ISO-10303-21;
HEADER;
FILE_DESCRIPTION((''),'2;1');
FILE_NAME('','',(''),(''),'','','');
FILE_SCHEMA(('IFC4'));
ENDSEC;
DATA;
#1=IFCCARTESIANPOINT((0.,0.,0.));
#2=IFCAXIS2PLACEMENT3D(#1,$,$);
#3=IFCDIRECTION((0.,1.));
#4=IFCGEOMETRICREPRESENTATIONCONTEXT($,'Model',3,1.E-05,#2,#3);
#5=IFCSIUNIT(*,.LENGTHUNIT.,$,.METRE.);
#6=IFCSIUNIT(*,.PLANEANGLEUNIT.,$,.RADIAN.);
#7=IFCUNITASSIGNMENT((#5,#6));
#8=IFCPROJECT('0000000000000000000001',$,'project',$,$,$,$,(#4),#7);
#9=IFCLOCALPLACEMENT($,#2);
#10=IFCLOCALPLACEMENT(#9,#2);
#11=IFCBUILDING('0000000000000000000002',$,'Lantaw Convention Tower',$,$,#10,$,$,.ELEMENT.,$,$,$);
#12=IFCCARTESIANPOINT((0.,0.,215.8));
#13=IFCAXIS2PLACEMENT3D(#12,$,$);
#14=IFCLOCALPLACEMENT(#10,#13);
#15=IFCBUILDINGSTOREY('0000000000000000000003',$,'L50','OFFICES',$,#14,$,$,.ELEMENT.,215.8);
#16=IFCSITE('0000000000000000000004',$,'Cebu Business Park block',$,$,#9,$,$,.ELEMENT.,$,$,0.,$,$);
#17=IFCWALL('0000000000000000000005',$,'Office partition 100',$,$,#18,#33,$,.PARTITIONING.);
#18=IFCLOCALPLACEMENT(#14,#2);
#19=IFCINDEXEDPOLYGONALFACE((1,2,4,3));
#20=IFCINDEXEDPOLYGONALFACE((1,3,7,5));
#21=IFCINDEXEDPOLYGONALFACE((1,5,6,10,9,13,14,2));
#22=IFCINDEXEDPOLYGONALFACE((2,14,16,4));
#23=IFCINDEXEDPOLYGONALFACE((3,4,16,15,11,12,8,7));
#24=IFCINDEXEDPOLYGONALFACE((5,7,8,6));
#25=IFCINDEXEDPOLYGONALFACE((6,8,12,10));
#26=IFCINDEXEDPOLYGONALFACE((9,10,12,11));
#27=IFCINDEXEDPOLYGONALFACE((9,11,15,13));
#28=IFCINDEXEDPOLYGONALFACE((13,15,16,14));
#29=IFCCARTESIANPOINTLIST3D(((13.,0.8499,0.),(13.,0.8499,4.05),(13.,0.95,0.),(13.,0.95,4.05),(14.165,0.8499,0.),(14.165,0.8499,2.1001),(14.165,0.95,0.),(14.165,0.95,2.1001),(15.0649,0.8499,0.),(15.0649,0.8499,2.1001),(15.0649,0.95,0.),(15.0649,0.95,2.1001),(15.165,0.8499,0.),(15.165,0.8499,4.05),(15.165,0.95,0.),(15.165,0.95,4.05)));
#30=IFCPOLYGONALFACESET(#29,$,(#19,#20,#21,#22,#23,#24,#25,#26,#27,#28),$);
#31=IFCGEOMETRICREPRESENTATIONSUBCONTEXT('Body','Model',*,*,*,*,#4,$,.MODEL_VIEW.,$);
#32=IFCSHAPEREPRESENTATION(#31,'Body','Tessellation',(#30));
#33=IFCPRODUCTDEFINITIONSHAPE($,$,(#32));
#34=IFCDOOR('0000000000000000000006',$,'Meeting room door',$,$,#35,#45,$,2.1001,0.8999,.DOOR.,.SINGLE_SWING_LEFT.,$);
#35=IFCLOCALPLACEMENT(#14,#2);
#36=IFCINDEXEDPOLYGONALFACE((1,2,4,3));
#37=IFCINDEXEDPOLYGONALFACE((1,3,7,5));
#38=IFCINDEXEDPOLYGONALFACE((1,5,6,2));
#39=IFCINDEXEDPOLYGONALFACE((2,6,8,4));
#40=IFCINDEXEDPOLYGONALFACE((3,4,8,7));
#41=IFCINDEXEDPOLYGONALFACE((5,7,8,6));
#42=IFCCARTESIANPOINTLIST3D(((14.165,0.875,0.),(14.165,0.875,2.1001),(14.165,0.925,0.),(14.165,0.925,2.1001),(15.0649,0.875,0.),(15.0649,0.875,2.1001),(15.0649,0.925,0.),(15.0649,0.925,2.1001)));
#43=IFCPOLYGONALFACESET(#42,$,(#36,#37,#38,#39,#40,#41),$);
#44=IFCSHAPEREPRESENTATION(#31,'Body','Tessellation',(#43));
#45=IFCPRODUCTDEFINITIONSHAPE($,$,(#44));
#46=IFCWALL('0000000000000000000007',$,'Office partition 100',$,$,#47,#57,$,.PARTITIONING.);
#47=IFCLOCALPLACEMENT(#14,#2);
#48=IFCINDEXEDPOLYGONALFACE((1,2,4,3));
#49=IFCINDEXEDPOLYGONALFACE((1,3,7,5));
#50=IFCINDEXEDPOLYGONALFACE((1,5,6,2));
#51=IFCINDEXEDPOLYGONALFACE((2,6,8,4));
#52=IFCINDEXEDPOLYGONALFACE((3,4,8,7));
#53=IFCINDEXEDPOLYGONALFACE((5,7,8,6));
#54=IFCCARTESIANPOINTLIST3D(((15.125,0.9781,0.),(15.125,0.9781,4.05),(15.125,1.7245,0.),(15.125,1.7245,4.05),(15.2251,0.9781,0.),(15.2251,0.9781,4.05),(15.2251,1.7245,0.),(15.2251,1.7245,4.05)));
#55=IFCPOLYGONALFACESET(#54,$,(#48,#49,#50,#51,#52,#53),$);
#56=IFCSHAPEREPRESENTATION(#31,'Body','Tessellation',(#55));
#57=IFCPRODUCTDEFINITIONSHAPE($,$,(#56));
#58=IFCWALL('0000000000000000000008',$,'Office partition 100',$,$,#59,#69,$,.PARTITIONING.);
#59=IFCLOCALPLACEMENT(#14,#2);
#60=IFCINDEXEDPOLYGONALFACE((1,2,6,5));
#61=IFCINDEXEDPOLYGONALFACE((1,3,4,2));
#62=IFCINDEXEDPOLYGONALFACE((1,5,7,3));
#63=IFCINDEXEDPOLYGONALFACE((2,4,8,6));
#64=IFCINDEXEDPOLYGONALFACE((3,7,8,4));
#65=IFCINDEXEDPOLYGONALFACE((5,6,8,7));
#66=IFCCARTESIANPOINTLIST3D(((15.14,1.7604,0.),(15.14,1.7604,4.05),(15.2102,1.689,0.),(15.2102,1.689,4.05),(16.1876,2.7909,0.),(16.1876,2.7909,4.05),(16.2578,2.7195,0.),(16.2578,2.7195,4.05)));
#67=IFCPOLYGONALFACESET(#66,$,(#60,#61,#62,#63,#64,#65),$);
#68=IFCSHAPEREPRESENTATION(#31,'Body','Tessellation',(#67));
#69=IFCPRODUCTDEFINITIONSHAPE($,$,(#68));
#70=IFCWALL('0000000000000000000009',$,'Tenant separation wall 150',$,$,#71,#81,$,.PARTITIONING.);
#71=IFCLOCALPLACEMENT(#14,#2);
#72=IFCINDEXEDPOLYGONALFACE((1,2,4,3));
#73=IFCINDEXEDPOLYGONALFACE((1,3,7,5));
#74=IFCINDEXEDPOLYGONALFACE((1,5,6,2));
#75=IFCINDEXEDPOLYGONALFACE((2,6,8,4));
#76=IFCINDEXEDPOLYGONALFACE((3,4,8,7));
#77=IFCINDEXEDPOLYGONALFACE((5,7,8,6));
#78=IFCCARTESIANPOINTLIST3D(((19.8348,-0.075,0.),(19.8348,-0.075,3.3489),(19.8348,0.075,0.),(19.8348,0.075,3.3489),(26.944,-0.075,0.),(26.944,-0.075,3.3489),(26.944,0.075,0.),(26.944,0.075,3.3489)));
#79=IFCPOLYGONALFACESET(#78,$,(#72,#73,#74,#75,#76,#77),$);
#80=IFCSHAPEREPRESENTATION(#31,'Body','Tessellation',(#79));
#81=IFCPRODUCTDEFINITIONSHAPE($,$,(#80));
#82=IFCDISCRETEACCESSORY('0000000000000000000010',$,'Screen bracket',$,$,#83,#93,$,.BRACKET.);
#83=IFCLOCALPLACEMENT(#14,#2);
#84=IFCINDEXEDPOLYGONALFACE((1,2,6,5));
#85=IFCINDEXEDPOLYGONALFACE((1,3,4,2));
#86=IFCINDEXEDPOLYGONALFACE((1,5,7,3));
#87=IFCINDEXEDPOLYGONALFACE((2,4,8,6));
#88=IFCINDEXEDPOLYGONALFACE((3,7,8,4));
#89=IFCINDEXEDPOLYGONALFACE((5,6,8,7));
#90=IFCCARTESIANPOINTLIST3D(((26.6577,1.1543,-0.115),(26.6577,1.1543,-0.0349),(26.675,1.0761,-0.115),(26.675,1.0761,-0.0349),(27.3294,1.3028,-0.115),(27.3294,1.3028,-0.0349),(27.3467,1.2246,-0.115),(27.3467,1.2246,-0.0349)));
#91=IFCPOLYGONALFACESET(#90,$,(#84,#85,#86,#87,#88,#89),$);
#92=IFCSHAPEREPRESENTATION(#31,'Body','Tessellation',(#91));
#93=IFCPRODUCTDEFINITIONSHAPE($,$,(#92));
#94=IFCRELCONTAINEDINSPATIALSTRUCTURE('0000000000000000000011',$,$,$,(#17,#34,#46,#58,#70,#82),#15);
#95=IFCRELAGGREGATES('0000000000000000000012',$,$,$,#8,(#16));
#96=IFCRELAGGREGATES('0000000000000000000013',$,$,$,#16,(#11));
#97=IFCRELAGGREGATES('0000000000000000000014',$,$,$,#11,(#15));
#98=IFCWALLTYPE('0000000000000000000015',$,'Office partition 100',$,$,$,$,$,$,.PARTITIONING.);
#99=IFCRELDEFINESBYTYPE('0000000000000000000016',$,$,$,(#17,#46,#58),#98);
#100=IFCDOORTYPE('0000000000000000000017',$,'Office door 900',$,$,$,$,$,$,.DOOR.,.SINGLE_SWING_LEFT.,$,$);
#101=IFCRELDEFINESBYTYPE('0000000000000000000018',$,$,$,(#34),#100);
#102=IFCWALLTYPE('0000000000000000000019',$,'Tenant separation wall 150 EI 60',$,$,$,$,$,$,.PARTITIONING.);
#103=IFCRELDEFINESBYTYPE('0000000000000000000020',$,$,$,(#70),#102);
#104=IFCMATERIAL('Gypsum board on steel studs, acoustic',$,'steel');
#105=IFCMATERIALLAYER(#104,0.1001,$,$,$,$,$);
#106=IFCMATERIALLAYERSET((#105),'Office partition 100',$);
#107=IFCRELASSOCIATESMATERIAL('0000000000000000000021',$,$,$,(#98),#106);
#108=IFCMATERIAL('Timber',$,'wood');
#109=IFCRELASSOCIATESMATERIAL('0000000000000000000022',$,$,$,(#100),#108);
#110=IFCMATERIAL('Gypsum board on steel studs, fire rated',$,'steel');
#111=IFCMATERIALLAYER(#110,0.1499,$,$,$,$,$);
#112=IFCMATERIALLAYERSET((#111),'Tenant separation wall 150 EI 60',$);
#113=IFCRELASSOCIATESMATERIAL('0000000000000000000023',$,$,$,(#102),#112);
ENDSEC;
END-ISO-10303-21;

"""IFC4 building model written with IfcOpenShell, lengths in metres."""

from ifc_helpers import new_model, si_unit, direction, frame, frame_2d, origin, origin_2d, place, context, subcontext, project, spatial, rectangle, extrude, material, layer, layer_set, type_object, element, fill, save


model = new_model("IFC4")

# Units and contexts
model_context = context("Model", 3, precision=1e-05, world=origin(), true_north=direction((0.0, 1.0)))
body_context = subcontext(model_context, "Body", "Model", "MODEL_VIEW")
ifc_project = project(units=[si_unit("LENGTHUNIT", "METRE"), si_unit("PLANEANGLEUNIT", "RADIAN")], contexts=[model_context])

# Site, building, storey
site_placement = place(None, origin())
site = spatial("IfcSite", under=ifc_project, at=site_placement, Name="Cebu Business Park block", CompositionType="ELEMENT", RefElevation=0.0)
building_placement = place(site_placement, origin())
building = spatial("IfcBuilding", under=site, at=building_placement, Name="Lantaw Convention Tower", CompositionType="ELEMENT")
storey_placement = place(building_placement, frame((0.0, 0.0, 215.8)))
storey = spatial("IfcBuildingStorey", under=building, at=storey_placement, Name="L50", Description="OFFICES", CompositionType="ELEMENT", Elevation=215.8)

# Shared definitions
ifc_material_1 = material(Name="Gypsum board on steel studs, fire rated", Category="steel")
ifc_material_2 = material(Name="Gypsum board on steel studs, acoustic", Category="steel")
ifc_layer_1 = layer(ifc_material_2, 0.1001)
ifc_layer_set_1 = layer_set([ifc_layer_1], Name="Office partition 100")
wall_type_1 = type_object("IfcWallType", Name="Office partition 100", PredefinedType="PARTITIONING", material=ifc_layer_set_1)

# Wall, opening, door
wall_1_placement = place(storey_placement, frame((15.165, 0.8999, 0.0), z_axis=(0.0, 0.0, 1.0), x_axis=(-1.0, 0.0, 0.0)))
wall_1 = element("IfcWall", 1, at=wall_1_placement, inside=storey, type_object=wall_type_1, Name="Office partition 100", PredefinedType="PARTITIONING", context=body_context, shape_type="SweptSolid", body=[
    extrude(rectangle(XDim=2.165, YDim=0.1001, at=frame_2d((1.0825, 0.0))), origin(), (0.0, 0.0, 1.0), 4.05),
])
opening_placement = place(wall_1_placement, frame((0.1001, 0.0, 0.0)))
opening = element("IfcOpeningElement", 2, at=opening_placement, cuts=wall_1, PredefinedType="OPENING", context=body_context, shape_type="SweptSolid", body=[
    extrude(rectangle(XDim=0.8999, YDim=2.1001, at=frame_2d((0.45, 1.05))), frame((0.0, 0.0601, 0.0), z_axis=(0.0, -1.0, 0.0), x_axis=(1.0, 0.0, 0.0)), (0.0, 0.0, 1.0), 0.1201),
])
ifc_material_3 = material(Name="Timber", Category="wood")
door_type = type_object("IfcDoorType", Name="Office door 900", OperationType="SINGLE_SWING_LEFT", PredefinedType="DOOR", material=ifc_material_3)
door_placement = place(opening_placement, origin())
door = element("IfcDoor", 3, at=door_placement, inside=storey, type_object=door_type, Name="Meeting room door", OperationType="SINGLE_SWING_LEFT", OverallHeight=2.1001, OverallWidth=0.8999, PredefinedType="DOOR", context=body_context, shape_type="SweptSolid", body=[
    extrude(rectangle(XDim=0.8999, YDim=2.1001, at=frame_2d((0.45, 1.05))), frame((0.0, 0.0249, 0.0), z_axis=(0.0, -1.0, 0.0), x_axis=(1.0, 0.0, 0.0)), (0.0, 0.0, 1.0), 0.05),
])
fill(opening, door)

# Walls
wall_2_placement = place(storey_placement, frame((15.175, 0.9783, 0.0), z_axis=(0.0, 0.0, 1.0), x_axis=(0.0, 1.0, 0.0)))
element("IfcWall", 4, at=wall_2_placement, inside=storey, type_object=wall_type_1, Name="Office partition 100", PredefinedType="PARTITIONING", context=body_context, shape_type="SweptSolid", body=[
    extrude(rectangle(XDim=0.7463, YDim=0.1001, at=frame_2d((0.373, 0.0))), origin(), (0.0, 0.0, 1.0), 4.05),
])
wall_3_placement = place(storey_placement, frame((15.175, 1.7246, 0.0), z_axis=(0.0, 0.0, 1.0), x_axis=(0.712898, 0.701268, 0.0)))
element("IfcWall", 5, at=wall_3_placement, inside=storey, type_object=wall_type_1, Name="Office partition 100", PredefinedType="PARTITIONING", context=body_context, shape_type="SweptSolid", body=[
    extrude(rectangle(XDim=1.4695, YDim=0.1001, at=frame_2d((0.7349, 0.0))), origin(), (0.0, 0.0, 1.0), 4.05),
])
ifc_layer_2 = layer(ifc_material_1, 0.1499)
ifc_layer_set_2 = layer_set([ifc_layer_2], Name="Tenant separation wall 150 EI 60")
wall_type_2 = type_object("IfcWallType", Name="Tenant separation wall 150 EI 60", PredefinedType="PARTITIONING", material=ifc_layer_set_2)
wall_4_placement = place(storey_placement, frame((26.9441, 0.0, 0.0), z_axis=(0.0, 0.0, 1.0), x_axis=(-1.0, 0.0, 0.0)))
element("IfcWall", 6, at=wall_4_placement, inside=storey, type_object=wall_type_2, Name="Tenant separation wall 150", PredefinedType="PARTITIONING", context=body_context, shape_type="SweptSolid", body=[
    extrude(rectangle(XDim=7.1091, YDim=0.1499, at=frame_2d((3.5547, 0.0))), origin(), (0.0, 0.0, 1.0), 3.3489),
])

# Discrete accessory
discrete_accessory_placement = place(storey_placement, frame((27.0022, 1.1895, -0.115), z_axis=(0.0, 0.0, 1.0), x_axis=(-0.215891, 0.976417, 0.0)))
element("IfcDiscreteAccessory", 7, at=discrete_accessory_placement, inside=storey, Name="Screen bracket", PredefinedType="BRACKET", context=body_context, shape_type="SweptSolid", body=[
    extrude(rectangle(XDim=0.0801, YDim=0.688, at=origin_2d()), origin(), (0.0, 0.0, 1.0), 0.0801),
])

save(model, "model.ifc")
